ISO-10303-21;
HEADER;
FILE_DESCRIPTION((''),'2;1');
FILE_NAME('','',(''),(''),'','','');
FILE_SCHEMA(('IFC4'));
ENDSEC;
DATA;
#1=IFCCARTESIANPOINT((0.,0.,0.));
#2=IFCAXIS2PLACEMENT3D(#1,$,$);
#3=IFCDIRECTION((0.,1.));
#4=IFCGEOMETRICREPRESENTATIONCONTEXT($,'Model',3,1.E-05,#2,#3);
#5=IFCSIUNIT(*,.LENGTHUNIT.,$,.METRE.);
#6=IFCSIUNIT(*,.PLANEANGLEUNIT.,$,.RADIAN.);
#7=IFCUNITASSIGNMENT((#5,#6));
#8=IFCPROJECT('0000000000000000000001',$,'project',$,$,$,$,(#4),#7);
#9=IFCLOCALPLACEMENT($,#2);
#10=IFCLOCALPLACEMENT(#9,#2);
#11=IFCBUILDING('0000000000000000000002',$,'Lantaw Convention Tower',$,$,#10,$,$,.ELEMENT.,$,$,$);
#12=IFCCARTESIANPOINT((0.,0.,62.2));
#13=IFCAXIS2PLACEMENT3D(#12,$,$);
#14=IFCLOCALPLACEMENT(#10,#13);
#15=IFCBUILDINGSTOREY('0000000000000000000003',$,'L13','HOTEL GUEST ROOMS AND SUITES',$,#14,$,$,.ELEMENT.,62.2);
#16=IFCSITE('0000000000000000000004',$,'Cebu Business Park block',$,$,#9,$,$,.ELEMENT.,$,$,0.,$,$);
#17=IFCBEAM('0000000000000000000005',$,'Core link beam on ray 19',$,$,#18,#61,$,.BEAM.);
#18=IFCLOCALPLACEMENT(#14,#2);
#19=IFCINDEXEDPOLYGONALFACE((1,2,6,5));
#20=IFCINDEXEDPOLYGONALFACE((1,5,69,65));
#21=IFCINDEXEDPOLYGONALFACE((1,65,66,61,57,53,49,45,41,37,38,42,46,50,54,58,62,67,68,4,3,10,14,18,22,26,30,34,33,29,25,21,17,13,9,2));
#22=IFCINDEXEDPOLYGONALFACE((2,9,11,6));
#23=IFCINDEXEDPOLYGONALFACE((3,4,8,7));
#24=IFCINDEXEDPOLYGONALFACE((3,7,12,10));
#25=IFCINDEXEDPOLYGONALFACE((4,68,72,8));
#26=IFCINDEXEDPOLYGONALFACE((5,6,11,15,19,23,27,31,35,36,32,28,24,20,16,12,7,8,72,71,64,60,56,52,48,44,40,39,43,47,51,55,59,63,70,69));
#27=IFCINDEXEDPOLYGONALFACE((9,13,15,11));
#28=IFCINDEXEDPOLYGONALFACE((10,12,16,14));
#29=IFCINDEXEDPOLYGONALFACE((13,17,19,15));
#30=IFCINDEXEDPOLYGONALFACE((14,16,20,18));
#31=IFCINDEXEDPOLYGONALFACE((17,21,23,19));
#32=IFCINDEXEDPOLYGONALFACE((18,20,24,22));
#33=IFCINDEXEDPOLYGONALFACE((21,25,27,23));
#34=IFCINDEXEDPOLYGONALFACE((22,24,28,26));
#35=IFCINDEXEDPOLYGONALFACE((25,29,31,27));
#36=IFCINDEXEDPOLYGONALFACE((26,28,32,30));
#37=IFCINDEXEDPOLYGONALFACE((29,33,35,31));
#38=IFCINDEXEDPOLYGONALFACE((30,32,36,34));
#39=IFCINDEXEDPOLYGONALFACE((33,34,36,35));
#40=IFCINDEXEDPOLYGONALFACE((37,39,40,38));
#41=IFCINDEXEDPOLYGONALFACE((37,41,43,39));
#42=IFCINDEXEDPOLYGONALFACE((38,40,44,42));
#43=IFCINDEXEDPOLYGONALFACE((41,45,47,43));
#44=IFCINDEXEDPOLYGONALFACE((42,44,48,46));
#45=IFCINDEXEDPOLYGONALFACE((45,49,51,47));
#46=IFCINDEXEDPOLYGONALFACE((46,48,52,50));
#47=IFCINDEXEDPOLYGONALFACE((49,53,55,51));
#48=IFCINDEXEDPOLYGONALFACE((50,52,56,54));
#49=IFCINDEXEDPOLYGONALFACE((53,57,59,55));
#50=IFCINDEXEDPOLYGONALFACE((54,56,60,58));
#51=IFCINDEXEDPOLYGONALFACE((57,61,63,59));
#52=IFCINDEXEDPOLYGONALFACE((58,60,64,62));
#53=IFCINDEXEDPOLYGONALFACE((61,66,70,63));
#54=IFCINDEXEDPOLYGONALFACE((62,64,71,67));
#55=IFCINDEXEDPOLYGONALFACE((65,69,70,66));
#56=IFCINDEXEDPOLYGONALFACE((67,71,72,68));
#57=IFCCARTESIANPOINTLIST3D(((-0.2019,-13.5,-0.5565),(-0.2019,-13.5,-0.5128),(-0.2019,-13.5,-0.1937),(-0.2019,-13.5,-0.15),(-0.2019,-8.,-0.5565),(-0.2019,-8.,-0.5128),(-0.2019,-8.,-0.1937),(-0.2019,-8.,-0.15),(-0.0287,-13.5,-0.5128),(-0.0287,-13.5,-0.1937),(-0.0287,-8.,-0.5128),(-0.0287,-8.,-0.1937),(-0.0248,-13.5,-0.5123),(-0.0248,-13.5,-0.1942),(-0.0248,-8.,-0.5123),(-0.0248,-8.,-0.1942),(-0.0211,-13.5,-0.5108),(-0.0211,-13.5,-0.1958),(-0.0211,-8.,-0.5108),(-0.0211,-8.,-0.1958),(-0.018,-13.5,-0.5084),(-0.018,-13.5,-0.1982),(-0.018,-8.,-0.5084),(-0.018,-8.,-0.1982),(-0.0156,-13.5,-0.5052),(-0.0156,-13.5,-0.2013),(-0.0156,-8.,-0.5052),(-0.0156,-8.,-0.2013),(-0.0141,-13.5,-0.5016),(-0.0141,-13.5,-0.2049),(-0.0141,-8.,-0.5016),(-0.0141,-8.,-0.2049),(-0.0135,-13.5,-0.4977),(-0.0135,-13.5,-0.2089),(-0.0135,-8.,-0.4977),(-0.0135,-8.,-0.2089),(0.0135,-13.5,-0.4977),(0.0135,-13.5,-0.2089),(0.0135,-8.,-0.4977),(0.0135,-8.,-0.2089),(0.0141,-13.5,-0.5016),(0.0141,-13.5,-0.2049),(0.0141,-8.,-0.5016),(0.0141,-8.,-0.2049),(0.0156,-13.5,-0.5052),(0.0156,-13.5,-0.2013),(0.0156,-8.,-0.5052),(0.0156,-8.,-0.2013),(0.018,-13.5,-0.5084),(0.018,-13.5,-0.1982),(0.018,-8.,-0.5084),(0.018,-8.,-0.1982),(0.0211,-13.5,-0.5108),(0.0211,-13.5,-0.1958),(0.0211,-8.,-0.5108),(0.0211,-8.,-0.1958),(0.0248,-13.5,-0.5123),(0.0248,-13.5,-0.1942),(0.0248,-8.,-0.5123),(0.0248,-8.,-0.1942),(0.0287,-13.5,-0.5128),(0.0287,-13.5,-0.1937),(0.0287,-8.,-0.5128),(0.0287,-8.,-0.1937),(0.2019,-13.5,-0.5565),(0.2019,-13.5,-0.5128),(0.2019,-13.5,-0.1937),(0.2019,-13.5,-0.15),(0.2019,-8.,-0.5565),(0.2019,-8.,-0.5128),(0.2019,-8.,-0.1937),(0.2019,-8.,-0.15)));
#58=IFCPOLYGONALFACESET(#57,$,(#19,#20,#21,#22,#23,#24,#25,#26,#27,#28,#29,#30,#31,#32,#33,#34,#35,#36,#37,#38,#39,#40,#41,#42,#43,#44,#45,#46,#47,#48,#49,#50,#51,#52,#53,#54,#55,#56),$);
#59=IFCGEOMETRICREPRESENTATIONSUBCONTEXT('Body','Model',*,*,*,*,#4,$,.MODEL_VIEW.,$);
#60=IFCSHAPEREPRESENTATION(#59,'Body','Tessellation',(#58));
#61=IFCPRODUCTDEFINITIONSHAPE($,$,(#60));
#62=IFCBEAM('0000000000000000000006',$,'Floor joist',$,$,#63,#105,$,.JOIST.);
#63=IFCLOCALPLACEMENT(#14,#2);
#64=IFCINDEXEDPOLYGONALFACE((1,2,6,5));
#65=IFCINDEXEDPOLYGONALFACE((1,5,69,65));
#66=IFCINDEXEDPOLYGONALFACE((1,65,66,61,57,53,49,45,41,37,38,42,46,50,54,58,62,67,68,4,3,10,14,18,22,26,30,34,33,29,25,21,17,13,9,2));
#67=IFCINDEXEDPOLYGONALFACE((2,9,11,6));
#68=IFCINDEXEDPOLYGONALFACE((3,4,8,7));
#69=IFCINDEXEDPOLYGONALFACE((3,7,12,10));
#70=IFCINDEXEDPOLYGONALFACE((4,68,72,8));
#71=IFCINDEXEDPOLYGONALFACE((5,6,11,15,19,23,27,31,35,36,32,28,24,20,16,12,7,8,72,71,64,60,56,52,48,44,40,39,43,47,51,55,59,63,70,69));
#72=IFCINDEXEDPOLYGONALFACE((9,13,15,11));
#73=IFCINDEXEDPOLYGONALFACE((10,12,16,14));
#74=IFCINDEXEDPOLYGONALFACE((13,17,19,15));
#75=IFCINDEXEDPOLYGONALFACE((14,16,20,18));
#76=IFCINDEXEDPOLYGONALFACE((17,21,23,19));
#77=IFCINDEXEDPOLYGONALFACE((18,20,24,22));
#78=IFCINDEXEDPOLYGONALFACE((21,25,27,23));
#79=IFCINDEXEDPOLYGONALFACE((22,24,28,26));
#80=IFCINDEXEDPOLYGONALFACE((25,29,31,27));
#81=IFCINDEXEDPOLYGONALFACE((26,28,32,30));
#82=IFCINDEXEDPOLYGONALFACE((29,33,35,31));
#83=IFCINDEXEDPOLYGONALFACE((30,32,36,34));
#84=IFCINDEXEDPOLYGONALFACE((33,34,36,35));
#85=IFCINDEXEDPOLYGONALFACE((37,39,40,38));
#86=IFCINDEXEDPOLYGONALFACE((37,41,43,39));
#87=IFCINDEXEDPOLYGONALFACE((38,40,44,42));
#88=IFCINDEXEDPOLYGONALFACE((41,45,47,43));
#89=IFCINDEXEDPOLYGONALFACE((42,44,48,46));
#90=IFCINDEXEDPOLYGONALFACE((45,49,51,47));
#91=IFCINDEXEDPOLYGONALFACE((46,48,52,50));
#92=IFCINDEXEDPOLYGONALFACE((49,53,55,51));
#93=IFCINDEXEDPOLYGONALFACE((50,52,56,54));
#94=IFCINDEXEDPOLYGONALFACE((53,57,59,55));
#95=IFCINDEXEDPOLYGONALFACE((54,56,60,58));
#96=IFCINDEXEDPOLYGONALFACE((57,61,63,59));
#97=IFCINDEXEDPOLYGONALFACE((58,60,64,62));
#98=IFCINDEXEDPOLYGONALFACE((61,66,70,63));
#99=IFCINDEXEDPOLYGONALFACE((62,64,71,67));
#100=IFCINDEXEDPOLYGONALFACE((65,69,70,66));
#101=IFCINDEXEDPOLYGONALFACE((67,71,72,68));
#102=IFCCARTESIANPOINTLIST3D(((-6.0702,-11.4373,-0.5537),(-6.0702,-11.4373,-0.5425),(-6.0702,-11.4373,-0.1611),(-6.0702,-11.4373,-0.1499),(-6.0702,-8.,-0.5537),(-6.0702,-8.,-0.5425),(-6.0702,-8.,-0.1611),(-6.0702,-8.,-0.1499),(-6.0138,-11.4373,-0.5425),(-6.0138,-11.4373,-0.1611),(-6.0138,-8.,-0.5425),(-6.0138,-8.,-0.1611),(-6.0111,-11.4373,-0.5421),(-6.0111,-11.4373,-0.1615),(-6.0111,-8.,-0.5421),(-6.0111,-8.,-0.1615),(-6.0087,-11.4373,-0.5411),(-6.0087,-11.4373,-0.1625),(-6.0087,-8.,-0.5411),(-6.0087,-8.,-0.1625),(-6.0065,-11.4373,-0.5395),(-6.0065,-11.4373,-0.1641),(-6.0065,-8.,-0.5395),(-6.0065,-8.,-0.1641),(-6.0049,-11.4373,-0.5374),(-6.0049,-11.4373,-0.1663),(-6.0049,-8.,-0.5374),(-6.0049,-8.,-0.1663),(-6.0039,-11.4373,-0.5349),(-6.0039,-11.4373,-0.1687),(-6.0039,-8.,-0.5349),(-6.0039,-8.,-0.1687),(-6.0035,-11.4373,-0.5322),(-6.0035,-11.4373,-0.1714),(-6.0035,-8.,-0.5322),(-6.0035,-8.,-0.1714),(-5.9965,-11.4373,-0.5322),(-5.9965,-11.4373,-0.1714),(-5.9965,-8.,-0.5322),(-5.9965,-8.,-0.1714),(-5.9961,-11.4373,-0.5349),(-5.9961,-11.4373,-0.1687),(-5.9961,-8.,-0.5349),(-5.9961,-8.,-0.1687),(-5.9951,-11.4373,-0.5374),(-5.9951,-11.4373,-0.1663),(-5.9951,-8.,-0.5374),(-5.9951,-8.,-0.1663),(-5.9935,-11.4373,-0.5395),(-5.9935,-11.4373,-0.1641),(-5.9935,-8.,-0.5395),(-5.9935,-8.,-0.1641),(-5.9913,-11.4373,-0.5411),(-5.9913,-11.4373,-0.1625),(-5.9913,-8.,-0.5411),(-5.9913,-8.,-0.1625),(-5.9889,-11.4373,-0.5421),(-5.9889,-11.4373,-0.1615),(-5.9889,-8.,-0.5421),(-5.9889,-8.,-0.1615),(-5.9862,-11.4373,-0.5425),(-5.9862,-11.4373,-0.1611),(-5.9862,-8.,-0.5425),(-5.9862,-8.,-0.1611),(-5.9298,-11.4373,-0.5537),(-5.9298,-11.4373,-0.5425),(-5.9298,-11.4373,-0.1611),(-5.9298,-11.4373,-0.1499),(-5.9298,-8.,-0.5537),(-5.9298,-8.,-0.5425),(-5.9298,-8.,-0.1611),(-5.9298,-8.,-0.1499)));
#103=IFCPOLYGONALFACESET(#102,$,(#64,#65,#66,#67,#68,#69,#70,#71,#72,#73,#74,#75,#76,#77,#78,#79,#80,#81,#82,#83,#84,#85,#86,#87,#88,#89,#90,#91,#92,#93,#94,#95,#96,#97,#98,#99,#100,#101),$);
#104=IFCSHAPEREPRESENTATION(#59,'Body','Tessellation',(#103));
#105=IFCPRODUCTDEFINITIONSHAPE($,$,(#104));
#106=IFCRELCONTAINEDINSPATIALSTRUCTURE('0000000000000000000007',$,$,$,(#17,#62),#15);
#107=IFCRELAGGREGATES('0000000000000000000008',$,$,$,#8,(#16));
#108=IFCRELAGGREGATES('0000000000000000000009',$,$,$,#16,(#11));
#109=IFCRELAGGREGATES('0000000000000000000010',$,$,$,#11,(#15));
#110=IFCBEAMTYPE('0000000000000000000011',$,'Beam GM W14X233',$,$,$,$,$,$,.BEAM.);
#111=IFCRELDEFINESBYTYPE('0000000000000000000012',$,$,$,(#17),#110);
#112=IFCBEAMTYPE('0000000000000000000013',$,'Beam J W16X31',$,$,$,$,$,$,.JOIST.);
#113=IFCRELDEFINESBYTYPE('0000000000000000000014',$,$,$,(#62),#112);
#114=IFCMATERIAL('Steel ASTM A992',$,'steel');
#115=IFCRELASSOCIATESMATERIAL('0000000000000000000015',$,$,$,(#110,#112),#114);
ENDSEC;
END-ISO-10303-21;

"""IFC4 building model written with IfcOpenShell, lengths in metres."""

from ifc_helpers import new_model, si_unit, direction, frame, origin, origin_2d, place, context, subcontext, project, spatial, i_section, extrude, material, material_profile, profile_set, type_object, element, save


model = new_model("IFC4")

# Units and contexts
model_context = context("Model", 3, precision=1e-05, world=origin(), true_north=direction((0.0, 1.0)))
body_context = subcontext(model_context, "Body", "Model", "MODEL_VIEW")
ifc_project = project(units=[si_unit("LENGTHUNIT", "METRE"), si_unit("PLANEANGLEUNIT", "RADIAN")], contexts=[model_context])

# Site, building, storey
site_placement = place(None, origin())
site = spatial("IfcSite", under=ifc_project, at=site_placement, Name="Cebu Business Park block", CompositionType="ELEMENT", RefElevation=0.0)
building_placement = place(site_placement, origin())
building = spatial("IfcBuilding", under=site, at=building_placement, Name="Lantaw Convention Tower", CompositionType="ELEMENT")
storey_placement = place(building_placement, frame((0.0, 0.0, 62.2)))
storey = spatial("IfcBuildingStorey", under=building, at=storey_placement, Name="L13", Description="HOTEL GUEST ROOMS AND SUITES", CompositionType="ELEMENT", Elevation=62.2)

# Beams
ifc_material_1 = material(Name="Steel ASTM A992", Category="steel")
ifc_material_profile_1 = material_profile(ifc_material_1, i_section(OverallWidth=0.4038, OverallDepth=0.4065, WebThickness=0.0271, FlangeThickness=0.0437, FilletRadius=0.0151, at=origin_2d()), Name="W14X233")
ifc_profile_set_1 = profile_set([ifc_material_profile_1], Name="Steel ASTM A992")
beam_type_1 = type_object("IfcBeamType", Name="Beam GM W14X233", PredefinedType="BEAM", material=ifc_profile_set_1)
beam_1_placement = place(storey_placement, frame((0.0, -8.0, -0.3533), z_axis=(0.0, -1.0, 0.0), x_axis=(1.0, 0.0, 0.0)))
element("IfcBeam", 1, at=beam_1_placement, inside=storey, type_object=beam_type_1, Name="Core link beam on ray 19", PredefinedType="BEAM", context=body_context, shape_type="SweptSolid", body=[
    extrude(i_section(OverallWidth=0.4038, OverallDepth=0.4065, WebThickness=0.0271, FlangeThickness=0.0437, FilletRadius=0.0151, at=origin_2d()), origin(), (0.0, 0.0, 1.0), 5.5),
])
ifc_material_profile_2 = material_profile(ifc_material_1, i_section(OverallWidth=0.1404, OverallDepth=0.4038, WebThickness=0.0071, FlangeThickness=0.0112, FilletRadius=0.0103, at=origin_2d()), Name="W16X31")
ifc_profile_set_2 = profile_set([ifc_material_profile_2], Name="Steel ASTM A992")
beam_type_2 = type_object("IfcBeamType", Name="Beam J W16X31", PredefinedType="JOIST", material=ifc_profile_set_2)
beam_2_placement = place(storey_placement, frame((-6.0, -11.4373, -0.3518), z_axis=(0.0, 1.0, 0.0), x_axis=(-1.0, 0.0, 0.0)))
element("IfcBeam", 2, at=beam_2_placement, inside=storey, type_object=beam_type_2, Name="Floor joist", PredefinedType="JOIST", context=body_context, shape_type="SweptSolid", body=[
    extrude(i_section(OverallWidth=0.1404, OverallDepth=0.4038, WebThickness=0.0071, FlangeThickness=0.0112, FilletRadius=0.0103, at=origin_2d()), origin(), (0.0, 0.0, 1.0), 3.4373),
])

save(model, "model.ifc")
